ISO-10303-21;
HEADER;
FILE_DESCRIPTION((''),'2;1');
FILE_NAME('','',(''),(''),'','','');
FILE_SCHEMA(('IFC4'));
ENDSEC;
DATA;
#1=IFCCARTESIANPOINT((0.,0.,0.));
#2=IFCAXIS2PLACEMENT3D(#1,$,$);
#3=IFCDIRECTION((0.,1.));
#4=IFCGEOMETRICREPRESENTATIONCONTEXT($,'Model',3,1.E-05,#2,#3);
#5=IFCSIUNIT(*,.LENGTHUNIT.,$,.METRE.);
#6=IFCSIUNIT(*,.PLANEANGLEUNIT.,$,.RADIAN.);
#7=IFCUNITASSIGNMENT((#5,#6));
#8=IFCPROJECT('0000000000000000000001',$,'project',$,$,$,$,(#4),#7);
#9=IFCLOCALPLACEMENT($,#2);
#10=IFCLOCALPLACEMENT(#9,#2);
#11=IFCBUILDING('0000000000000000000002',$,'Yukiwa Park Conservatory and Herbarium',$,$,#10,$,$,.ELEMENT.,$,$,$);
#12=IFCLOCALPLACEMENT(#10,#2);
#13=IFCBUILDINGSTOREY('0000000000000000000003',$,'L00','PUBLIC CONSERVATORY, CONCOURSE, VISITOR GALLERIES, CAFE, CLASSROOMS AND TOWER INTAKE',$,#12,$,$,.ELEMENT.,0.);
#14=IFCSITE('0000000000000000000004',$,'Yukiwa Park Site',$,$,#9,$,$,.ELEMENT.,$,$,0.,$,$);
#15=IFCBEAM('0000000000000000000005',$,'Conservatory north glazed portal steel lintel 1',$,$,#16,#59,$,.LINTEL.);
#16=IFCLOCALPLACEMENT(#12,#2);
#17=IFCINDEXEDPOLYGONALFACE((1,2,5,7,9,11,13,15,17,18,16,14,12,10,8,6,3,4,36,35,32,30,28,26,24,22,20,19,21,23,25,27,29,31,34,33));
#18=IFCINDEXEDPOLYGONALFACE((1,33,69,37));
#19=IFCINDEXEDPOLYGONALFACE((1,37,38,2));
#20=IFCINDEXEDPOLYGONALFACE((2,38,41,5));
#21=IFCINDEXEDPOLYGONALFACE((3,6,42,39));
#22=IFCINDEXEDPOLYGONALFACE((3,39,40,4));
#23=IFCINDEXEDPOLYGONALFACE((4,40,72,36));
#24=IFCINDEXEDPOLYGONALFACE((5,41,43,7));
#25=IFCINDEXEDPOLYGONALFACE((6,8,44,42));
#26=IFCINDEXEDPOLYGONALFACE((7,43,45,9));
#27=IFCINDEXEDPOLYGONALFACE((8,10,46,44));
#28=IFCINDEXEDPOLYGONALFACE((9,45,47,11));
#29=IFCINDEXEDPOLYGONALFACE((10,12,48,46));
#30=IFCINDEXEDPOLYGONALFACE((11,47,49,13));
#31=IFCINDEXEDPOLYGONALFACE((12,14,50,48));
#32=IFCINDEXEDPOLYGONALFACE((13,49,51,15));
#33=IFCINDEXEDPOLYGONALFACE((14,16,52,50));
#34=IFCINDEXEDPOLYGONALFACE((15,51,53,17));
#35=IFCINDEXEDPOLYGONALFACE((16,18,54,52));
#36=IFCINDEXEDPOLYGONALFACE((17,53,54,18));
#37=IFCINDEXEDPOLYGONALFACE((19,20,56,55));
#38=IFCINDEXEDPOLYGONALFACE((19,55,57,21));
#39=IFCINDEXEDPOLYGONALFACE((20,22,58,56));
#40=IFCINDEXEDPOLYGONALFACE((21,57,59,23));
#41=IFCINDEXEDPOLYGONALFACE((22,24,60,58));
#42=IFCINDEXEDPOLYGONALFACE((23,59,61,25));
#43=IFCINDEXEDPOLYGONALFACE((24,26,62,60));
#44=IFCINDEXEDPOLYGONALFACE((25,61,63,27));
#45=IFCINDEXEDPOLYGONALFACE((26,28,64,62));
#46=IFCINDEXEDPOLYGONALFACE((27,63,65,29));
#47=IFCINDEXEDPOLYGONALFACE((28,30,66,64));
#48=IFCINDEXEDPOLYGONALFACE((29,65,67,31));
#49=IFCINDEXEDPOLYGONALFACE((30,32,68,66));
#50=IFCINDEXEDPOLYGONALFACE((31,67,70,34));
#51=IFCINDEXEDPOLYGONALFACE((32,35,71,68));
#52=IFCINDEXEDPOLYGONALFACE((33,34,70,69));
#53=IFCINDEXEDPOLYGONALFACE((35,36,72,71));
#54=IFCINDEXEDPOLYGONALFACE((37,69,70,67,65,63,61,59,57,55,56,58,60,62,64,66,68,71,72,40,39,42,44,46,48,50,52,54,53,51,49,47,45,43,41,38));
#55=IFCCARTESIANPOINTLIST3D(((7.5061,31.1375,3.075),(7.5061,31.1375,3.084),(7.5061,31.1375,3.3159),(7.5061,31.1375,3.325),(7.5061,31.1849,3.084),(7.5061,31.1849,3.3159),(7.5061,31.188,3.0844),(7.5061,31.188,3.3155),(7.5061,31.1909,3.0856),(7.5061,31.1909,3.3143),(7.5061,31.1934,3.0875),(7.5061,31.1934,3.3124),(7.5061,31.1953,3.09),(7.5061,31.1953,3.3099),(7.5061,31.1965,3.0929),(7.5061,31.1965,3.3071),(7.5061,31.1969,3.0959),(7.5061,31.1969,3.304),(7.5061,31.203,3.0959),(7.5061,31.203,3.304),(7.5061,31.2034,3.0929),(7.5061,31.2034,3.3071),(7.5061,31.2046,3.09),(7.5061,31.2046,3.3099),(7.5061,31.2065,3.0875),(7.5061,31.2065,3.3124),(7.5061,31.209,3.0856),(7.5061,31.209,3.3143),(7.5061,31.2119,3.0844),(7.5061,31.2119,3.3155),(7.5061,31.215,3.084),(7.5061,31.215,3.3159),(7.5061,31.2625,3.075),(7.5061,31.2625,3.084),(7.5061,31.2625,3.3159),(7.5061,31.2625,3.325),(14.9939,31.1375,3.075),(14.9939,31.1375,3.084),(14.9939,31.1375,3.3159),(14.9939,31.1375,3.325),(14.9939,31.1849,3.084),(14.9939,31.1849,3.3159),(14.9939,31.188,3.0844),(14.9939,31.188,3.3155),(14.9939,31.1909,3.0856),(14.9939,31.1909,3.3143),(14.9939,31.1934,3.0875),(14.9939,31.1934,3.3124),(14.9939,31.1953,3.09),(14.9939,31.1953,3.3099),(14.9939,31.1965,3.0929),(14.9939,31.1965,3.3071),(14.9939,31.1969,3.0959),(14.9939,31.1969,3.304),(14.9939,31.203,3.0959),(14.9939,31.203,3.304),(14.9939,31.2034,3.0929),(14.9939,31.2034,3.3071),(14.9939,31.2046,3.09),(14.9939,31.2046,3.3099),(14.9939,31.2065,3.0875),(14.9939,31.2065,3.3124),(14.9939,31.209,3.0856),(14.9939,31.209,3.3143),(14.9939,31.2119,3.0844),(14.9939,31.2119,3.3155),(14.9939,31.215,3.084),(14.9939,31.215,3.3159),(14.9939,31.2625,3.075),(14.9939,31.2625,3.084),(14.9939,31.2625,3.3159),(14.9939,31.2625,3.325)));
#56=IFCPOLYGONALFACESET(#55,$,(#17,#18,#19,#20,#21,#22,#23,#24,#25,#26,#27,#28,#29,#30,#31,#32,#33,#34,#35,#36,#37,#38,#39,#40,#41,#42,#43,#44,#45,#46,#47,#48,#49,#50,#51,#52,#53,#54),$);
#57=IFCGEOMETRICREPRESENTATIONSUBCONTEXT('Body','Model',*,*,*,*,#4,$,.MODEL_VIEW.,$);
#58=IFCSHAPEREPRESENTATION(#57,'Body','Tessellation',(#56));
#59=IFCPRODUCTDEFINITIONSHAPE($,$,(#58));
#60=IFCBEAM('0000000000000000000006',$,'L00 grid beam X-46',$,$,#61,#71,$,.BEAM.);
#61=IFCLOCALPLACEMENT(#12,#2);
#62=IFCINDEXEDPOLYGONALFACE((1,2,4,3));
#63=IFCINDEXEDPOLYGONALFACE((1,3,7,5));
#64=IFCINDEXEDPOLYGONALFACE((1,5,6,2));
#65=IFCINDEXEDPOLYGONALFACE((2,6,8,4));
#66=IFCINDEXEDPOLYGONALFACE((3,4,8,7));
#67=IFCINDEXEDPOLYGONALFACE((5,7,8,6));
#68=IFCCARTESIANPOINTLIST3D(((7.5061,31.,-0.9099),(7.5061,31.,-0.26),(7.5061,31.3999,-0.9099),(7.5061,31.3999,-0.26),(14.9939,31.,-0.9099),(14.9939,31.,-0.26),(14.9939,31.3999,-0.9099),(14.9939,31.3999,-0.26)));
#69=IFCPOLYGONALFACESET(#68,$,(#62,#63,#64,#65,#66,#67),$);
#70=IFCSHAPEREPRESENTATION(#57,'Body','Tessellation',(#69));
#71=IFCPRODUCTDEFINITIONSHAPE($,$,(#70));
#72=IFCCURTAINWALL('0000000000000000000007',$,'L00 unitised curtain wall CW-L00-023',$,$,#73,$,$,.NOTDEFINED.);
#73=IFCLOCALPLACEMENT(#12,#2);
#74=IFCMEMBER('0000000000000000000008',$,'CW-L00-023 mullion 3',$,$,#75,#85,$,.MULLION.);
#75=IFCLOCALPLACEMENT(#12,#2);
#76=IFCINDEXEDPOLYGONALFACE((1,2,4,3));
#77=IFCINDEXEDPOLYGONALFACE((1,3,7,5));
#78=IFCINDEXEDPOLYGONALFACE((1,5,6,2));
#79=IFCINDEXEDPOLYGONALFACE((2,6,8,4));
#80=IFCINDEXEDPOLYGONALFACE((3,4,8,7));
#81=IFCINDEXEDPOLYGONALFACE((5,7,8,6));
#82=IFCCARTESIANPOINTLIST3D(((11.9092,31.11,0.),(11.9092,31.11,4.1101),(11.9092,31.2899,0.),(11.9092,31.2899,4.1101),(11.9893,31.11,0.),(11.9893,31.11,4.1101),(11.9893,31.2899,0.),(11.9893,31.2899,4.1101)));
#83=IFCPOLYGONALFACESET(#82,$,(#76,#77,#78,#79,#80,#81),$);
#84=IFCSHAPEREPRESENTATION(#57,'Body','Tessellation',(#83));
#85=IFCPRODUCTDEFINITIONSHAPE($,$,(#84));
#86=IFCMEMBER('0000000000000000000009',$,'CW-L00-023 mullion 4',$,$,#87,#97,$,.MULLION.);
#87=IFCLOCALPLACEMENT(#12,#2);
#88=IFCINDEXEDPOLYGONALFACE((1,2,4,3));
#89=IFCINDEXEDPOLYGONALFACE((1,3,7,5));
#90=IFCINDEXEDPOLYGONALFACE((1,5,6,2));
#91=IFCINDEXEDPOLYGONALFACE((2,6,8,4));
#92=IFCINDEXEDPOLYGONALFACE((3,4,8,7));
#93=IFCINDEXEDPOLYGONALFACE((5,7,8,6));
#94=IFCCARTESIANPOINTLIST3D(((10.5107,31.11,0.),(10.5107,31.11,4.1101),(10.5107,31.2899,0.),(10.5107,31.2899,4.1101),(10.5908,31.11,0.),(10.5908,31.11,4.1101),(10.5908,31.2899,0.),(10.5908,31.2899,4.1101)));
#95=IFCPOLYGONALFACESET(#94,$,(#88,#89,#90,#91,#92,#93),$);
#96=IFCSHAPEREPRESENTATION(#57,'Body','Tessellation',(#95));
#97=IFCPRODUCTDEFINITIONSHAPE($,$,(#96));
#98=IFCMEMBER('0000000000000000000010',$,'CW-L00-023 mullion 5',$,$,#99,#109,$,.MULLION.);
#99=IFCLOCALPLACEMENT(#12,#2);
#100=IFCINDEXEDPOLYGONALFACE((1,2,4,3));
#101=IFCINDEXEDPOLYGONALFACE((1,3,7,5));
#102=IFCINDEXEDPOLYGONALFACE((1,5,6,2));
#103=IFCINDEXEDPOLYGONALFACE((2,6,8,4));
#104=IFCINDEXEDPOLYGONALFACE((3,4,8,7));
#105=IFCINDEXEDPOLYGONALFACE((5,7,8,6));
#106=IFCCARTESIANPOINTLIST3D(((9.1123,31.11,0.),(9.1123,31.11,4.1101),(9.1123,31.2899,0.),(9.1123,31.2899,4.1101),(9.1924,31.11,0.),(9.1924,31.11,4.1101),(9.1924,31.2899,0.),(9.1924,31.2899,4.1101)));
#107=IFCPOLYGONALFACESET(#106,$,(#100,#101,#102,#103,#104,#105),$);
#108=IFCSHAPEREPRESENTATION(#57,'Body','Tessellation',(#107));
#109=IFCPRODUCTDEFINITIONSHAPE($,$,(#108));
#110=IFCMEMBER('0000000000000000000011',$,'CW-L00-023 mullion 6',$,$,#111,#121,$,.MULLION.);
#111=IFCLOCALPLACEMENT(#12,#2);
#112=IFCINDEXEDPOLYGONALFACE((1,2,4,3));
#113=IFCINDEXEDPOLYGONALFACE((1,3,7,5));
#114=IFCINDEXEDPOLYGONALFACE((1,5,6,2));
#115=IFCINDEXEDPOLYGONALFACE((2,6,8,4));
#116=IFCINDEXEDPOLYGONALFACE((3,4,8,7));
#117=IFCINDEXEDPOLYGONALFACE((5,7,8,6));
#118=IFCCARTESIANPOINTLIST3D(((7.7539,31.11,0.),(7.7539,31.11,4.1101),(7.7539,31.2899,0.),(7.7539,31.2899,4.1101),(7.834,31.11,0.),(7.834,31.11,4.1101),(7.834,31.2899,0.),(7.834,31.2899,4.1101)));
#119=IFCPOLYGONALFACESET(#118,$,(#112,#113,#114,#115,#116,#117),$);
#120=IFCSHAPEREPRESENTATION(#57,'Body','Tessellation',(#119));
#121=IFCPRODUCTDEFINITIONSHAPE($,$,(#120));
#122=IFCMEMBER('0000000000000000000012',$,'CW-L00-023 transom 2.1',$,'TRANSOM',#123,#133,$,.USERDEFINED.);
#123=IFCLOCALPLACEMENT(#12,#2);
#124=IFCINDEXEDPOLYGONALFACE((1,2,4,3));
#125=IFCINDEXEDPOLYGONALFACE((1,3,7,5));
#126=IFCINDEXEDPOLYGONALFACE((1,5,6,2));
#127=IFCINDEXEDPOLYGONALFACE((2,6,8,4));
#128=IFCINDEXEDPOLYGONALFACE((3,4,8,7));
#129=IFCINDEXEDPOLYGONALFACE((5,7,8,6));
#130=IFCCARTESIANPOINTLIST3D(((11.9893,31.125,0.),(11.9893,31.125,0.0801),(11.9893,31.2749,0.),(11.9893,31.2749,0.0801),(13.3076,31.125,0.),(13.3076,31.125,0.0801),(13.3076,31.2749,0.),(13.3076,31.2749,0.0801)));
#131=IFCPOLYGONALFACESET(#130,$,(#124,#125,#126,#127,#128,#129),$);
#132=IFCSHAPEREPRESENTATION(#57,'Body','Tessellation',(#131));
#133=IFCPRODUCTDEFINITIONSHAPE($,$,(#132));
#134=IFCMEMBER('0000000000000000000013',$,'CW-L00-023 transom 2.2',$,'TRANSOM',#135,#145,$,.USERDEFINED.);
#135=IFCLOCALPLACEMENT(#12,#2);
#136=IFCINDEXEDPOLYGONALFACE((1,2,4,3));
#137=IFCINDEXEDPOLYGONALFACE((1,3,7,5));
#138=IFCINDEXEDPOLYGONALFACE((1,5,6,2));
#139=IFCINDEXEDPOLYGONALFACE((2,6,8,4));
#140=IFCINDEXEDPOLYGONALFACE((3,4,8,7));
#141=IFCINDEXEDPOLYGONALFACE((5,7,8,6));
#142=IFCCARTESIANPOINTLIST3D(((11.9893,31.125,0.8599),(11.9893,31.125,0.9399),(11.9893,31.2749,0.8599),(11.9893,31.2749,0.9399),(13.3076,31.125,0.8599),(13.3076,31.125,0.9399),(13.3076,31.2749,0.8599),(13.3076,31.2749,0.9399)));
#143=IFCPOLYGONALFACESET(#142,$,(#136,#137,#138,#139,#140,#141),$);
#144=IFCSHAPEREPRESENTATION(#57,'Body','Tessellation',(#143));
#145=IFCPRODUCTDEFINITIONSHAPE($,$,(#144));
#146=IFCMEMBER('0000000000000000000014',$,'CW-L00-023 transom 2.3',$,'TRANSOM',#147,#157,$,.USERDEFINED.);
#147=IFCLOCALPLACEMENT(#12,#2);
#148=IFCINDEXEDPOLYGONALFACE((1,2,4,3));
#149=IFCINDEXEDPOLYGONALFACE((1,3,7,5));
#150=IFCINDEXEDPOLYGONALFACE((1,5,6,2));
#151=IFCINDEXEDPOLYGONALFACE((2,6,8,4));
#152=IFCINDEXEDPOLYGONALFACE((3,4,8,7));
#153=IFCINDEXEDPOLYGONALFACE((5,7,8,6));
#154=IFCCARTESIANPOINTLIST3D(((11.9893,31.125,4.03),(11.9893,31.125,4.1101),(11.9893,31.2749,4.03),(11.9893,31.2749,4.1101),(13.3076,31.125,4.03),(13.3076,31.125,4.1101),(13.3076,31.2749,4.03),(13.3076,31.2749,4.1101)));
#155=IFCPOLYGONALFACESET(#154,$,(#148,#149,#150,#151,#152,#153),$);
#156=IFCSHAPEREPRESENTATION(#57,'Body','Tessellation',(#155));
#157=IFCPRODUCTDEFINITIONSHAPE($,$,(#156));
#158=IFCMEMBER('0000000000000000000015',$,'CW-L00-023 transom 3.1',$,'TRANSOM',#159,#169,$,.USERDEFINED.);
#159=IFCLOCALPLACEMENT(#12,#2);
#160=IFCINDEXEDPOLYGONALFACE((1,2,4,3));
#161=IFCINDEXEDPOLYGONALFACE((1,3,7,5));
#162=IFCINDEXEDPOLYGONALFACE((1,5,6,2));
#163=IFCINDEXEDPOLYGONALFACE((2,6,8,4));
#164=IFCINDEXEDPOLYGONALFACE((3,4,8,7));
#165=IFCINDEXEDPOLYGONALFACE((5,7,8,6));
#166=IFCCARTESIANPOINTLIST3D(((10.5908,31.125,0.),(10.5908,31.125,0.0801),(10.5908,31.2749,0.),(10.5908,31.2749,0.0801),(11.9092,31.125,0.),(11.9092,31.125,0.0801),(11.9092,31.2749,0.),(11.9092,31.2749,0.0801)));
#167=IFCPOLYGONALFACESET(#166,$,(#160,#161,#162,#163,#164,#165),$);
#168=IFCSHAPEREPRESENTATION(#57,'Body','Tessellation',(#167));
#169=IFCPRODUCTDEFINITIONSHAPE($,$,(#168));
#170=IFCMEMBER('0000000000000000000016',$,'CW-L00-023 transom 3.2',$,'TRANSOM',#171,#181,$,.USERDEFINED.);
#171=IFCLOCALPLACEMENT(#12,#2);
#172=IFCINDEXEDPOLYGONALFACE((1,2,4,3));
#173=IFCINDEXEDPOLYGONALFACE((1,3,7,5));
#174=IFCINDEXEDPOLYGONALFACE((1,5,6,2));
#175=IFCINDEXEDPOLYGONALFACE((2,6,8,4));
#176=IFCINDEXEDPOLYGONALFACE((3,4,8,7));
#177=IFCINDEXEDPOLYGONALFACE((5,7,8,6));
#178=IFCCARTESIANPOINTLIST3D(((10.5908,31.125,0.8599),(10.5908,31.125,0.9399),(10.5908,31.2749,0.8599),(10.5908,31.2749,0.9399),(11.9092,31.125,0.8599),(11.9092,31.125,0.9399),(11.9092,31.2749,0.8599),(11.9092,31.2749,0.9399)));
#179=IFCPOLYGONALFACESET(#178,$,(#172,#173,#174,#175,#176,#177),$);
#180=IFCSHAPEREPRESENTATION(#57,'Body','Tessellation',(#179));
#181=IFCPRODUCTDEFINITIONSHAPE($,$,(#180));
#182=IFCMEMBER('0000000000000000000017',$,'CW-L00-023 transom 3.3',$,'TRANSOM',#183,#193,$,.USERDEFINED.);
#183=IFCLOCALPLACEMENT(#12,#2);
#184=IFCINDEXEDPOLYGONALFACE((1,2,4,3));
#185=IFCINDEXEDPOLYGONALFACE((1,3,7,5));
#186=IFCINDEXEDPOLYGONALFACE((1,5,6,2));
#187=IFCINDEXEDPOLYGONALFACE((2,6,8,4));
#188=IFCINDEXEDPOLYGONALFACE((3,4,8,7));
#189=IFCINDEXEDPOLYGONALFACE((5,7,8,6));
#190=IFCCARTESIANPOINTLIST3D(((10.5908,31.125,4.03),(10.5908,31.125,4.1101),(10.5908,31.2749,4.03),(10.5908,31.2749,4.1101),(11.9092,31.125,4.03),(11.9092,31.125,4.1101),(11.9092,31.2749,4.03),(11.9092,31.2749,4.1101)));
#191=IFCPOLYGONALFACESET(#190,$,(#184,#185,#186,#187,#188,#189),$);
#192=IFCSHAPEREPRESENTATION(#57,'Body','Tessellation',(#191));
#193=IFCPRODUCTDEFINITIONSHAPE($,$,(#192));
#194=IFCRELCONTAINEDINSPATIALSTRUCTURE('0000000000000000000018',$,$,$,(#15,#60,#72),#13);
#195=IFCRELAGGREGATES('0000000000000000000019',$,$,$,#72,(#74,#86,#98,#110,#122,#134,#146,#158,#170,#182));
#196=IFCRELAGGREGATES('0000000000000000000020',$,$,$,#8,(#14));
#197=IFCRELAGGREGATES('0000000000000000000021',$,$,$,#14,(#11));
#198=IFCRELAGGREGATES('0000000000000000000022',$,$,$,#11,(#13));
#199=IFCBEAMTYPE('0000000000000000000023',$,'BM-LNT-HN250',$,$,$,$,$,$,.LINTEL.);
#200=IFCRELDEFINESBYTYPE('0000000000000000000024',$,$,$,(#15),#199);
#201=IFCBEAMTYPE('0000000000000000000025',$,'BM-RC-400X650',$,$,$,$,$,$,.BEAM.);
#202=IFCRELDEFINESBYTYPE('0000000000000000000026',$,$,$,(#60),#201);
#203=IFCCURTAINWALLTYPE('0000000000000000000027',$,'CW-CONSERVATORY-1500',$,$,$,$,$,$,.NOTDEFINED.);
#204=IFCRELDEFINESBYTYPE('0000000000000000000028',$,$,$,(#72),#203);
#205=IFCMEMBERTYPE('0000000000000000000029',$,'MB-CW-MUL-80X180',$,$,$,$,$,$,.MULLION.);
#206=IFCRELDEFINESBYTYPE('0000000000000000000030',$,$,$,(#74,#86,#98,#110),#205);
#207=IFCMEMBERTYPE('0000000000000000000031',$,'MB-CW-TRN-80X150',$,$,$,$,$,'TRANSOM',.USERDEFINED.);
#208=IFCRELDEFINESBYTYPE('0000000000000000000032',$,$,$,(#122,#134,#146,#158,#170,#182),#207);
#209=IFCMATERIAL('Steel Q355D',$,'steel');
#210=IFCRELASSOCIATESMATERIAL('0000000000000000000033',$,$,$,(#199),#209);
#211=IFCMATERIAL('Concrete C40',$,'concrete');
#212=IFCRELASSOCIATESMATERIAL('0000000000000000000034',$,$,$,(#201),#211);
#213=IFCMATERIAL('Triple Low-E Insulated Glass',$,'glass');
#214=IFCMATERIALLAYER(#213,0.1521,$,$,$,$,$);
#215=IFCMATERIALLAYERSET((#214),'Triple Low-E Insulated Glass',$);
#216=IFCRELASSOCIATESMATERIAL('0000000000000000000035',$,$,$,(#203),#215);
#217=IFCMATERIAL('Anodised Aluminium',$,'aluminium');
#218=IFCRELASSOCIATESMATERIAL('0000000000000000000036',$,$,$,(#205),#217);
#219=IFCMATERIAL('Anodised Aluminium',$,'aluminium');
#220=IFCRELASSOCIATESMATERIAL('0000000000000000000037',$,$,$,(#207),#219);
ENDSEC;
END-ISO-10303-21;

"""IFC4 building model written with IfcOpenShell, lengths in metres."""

from ifc_helpers import new_model, si_unit, direction, frame, origin, origin_2d, place, context, subcontext, project, spatial, rectangle, i_section, extrude, material, layer, layer_set, material_profile, profile_set, type_object, element, aggregate, save


model = new_model("IFC4")

# Units and contexts
model_context = context("Model", 3, precision=1e-05, world=origin(), true_north=direction((0.0, 1.0)))
body_context = subcontext(model_context, "Body", "Model", "MODEL_VIEW")
ifc_project = project(units=[si_unit("LENGTHUNIT", "METRE"), si_unit("PLANEANGLEUNIT", "RADIAN")], contexts=[model_context])

# Site, building, storey
site_placement = place(None, origin())
site = spatial("IfcSite", under=ifc_project, at=site_placement, Name="Yukiwa Park Site", CompositionType="ELEMENT", RefElevation=0.0)
building_placement = place(site_placement, origin())
building = spatial("IfcBuilding", under=site, at=building_placement, Name="Yukiwa Park Conservatory and Herbarium", CompositionType="ELEMENT")
storey_placement = place(building_placement, origin())
storey = spatial("IfcBuildingStorey", under=building, at=storey_placement, Name="L00", Description="PUBLIC CONSERVATORY, CONCOURSE, VISITOR GALLERIES, CAFE, CLASSROOMS AND TOWER INTAKE", CompositionType="ELEMENT", Elevation=0.0)

# Beams
ifc_material_1 = material(Name="Steel Q355D", Category="steel")
ifc_material_profile_1 = material_profile(ifc_material_1, i_section(OverallWidth=0.125, OverallDepth=0.25, WebThickness=0.0061, FlangeThickness=0.009, FilletRadius=0.012, at=origin_2d()), Name="HN 250x125x6x9")
ifc_profile_set_1 = profile_set([ifc_material_profile_1], Name="Steel Q355D")
beam_type_1 = type_object("IfcBeamType", Name="BM-LNT-HN250", PredefinedType="LINTEL", material=ifc_profile_set_1)
beam_1_placement = place(storey_placement, frame((7.5061, 31.2, 3.2), z_axis=(1.0, 0.0, 0.0), x_axis=(0.0, 1.0, 0.0)))
element("IfcBeam", 1, at=beam_1_placement, inside=storey, type_object=beam_type_1, Name="Conservatory north glazed portal steel lintel 1", PredefinedType="LINTEL", context=body_context, shape_type="SweptSolid", body=[
    extrude(i_section(OverallWidth=0.125, OverallDepth=0.25, WebThickness=0.0061, FlangeThickness=0.009, FilletRadius=0.012, at=origin_2d()), origin(), (0.0, 0.0, 1.0), 7.4878),
])
ifc_material_2 = material(Name="Concrete C40", Category="concrete")
ifc_material_profile_2 = material_profile(ifc_material_2, rectangle(XDim=0.3999, YDim=0.6499, at=origin_2d()), Name="RC 400x650")
ifc_profile_set_2 = profile_set([ifc_material_profile_2], Name="Concrete C40")
beam_type_2 = type_object("IfcBeamType", Name="BM-RC-400X650", PredefinedType="BEAM", material=ifc_profile_set_2)
beam_2_placement = place(storey_placement, frame((7.5061, 31.2, -0.585), z_axis=(1.0, 0.0, 0.0), x_axis=(0.0, 1.0, 0.0)))
element("IfcBeam", 2, at=beam_2_placement, inside=storey, type_object=beam_type_2, Name="L00 grid beam X-46", PredefinedType="BEAM", context=body_context, shape_type="SweptSolid", body=[
    extrude(rectangle(XDim=0.3999, YDim=0.6499, at=origin_2d()), origin(), (0.0, 0.0, 1.0), 7.4878),
])

# Curtain wall, members
ifc_material_3 = material(Name="Triple Low-E Insulated Glass", Category="glass")
ifc_layer_1 = layer(ifc_material_3, 0.1521)
ifc_layer_set_1 = layer_set([ifc_layer_1], Name="Triple Low-E Insulated Glass")
curtain_wall_type = type_object("IfcCurtainWallType", Name="CW-CONSERVATORY-1500", PredefinedType="NOTDEFINED", material=ifc_layer_set_1)
curtain_wall_placement = place(storey_placement, origin())
curtain_wall = element("IfcCurtainWall", 3, at=curtain_wall_placement, inside=storey, type_object=curtain_wall_type, Name="L00 unitised curtain wall CW-L00-023", PredefinedType="NOTDEFINED")
ifc_material_4 = material(Name="Anodised Aluminium", Category="aluminium")
member_type_1 = type_object("IfcMemberType", Name="MB-CW-MUL-80X180", PredefinedType="MULLION", material=ifc_material_4)
member_1_placement = place(storey_placement, frame((11.9492, 31.2, 0.0), z_axis=(0.0, 0.0, 1.0), x_axis=(-1.0, 0.0, 0.0)))
member_1 = element("IfcMember", 4, at=member_1_placement, type_object=member_type_1, Name="CW-L00-023 mullion 3", PredefinedType="MULLION", context=body_context, shape_type="SweptSolid", body=[
    extrude(rectangle(XDim=0.0801, YDim=0.1799, at=origin_2d()), origin(), (0.0, 0.0, 1.0), 4.1101),
])
member_2_placement = place(storey_placement, frame((10.5508, 31.2, 0.0), z_axis=(0.0, 0.0, 1.0), x_axis=(-1.0, 0.0, 0.0)))
member_2 = element("IfcMember", 5, at=member_2_placement, type_object=member_type_1, Name="CW-L00-023 mullion 4", PredefinedType="MULLION", context=body_context, shape_type="SweptSolid", body=[
    extrude(rectangle(XDim=0.0801, YDim=0.1799, at=origin_2d()), origin(), (0.0, 0.0, 1.0), 4.1101),
])
member_3_placement = place(storey_placement, frame((9.1523, 31.2, 0.0), z_axis=(0.0, 0.0, 1.0), x_axis=(-1.0, 0.0, 0.0)))
member_3 = element("IfcMember", 6, at=member_3_placement, type_object=member_type_1, Name="CW-L00-023 mullion 5", PredefinedType="MULLION", context=body_context, shape_type="SweptSolid", body=[
    extrude(rectangle(XDim=0.0801, YDim=0.1799, at=origin_2d()), origin(), (0.0, 0.0, 1.0), 4.1101),
])
member_4_placement = place(storey_placement, frame((7.7939, 31.2, 0.0), z_axis=(0.0, 0.0, 1.0), x_axis=(-1.0, 0.0, 0.0)))
member_4 = element("IfcMember", 7, at=member_4_placement, type_object=member_type_1, Name="CW-L00-023 mullion 6", PredefinedType="MULLION", context=body_context, shape_type="SweptSolid", body=[
    extrude(rectangle(XDim=0.0801, YDim=0.1799, at=origin_2d()), origin(), (0.0, 0.0, 1.0), 4.1101),
])
ifc_material_5 = material(Name="Anodised Aluminium", Category="aluminium")
member_type_2 = type_object("IfcMemberType", Name="MB-CW-TRN-80X150", ElementType="TRANSOM", PredefinedType="USERDEFINED", material=ifc_material_5)
member_5_placement = place(storey_placement, frame((12.6484, 31.2, 0.0), z_axis=(0.0, 0.0, 1.0), x_axis=(-1.0, 0.0, 0.0)))
member_5 = element("IfcMember", 8, at=member_5_placement, type_object=member_type_2, Name="CW-L00-023 transom 2.1", ObjectType="TRANSOM", PredefinedType="USERDEFINED", context=body_context, shape_type="SweptSolid", body=[
    extrude(rectangle(XDim=1.3184, YDim=0.1499, at=origin_2d()), origin(), (0.0, 0.0, 1.0), 0.0801),
])
member_6_placement = place(storey_placement, frame((12.6484, 31.2, 0.8599), z_axis=(0.0, 0.0, 1.0), x_axis=(-1.0, 0.0, 0.0)))
member_6 = element("IfcMember", 9, at=member_6_placement, type_object=member_type_2, Name="CW-L00-023 transom 2.2", ObjectType="TRANSOM", PredefinedType="USERDEFINED", context=body_context, shape_type="SweptSolid", body=[
    extrude(rectangle(XDim=1.3184, YDim=0.1499, at=origin_2d()), origin(), (0.0, 0.0, 1.0), 0.0801),
])
member_7_placement = place(storey_placement, frame((12.6484, 31.2, 4.03), z_axis=(0.0, 0.0, 1.0), x_axis=(-1.0, 0.0, 0.0)))
member_7 = element("IfcMember", 10, at=member_7_placement, type_object=member_type_2, Name="CW-L00-023 transom 2.3", ObjectType="TRANSOM", PredefinedType="USERDEFINED", context=body_context, shape_type="SweptSolid", body=[
    extrude(rectangle(XDim=1.3184, YDim=0.1499, at=origin_2d()), origin(), (0.0, 0.0, 1.0), 0.0801),
])
member_8_placement = place(storey_placement, frame((11.25, 31.2, 0.0), z_axis=(0.0, 0.0, 1.0), x_axis=(-1.0, 0.0, 0.0)))
member_8 = element("IfcMember", 11, at=member_8_placement, type_object=member_type_2, Name="CW-L00-023 transom 3.1", ObjectType="TRANSOM", PredefinedType="USERDEFINED", context=body_context, shape_type="SweptSolid", body=[
    extrude(rectangle(XDim=1.3184, YDim=0.1499, at=origin_2d()), origin(), (0.0, 0.0, 1.0), 0.0801),
])
member_9_placement = place(storey_placement, frame((11.25, 31.2, 0.8599), z_axis=(0.0, 0.0, 1.0), x_axis=(-1.0, 0.0, 0.0)))
member_9 = element("IfcMember", 12, at=member_9_placement, type_object=member_type_2, Name="CW-L00-023 transom 3.2", ObjectType="TRANSOM", PredefinedType="USERDEFINED", context=body_context, shape_type="SweptSolid", body=[
    extrude(rectangle(XDim=1.3184, YDim=0.1499, at=origin_2d()), origin(), (0.0, 0.0, 1.0), 0.0801),
])
member_10_placement = place(storey_placement, frame((11.25, 31.2, 4.03), z_axis=(0.0, 0.0, 1.0), x_axis=(-1.0, 0.0, 0.0)))
member_10 = element("IfcMember", 13, at=member_10_placement, type_object=member_type_2, Name="CW-L00-023 transom 3.3", ObjectType="TRANSOM", PredefinedType="USERDEFINED", context=body_context, shape_type="SweptSolid", body=[
    extrude(rectangle(XDim=1.3184, YDim=0.1499, at=origin_2d()), origin(), (0.0, 0.0, 1.0), 0.0801),
])
aggregate(curtain_wall, [member_1, member_2, member_3, member_4, member_5, member_6, member_7, member_8, member_9, member_10])

save(model, "model.ifc")
